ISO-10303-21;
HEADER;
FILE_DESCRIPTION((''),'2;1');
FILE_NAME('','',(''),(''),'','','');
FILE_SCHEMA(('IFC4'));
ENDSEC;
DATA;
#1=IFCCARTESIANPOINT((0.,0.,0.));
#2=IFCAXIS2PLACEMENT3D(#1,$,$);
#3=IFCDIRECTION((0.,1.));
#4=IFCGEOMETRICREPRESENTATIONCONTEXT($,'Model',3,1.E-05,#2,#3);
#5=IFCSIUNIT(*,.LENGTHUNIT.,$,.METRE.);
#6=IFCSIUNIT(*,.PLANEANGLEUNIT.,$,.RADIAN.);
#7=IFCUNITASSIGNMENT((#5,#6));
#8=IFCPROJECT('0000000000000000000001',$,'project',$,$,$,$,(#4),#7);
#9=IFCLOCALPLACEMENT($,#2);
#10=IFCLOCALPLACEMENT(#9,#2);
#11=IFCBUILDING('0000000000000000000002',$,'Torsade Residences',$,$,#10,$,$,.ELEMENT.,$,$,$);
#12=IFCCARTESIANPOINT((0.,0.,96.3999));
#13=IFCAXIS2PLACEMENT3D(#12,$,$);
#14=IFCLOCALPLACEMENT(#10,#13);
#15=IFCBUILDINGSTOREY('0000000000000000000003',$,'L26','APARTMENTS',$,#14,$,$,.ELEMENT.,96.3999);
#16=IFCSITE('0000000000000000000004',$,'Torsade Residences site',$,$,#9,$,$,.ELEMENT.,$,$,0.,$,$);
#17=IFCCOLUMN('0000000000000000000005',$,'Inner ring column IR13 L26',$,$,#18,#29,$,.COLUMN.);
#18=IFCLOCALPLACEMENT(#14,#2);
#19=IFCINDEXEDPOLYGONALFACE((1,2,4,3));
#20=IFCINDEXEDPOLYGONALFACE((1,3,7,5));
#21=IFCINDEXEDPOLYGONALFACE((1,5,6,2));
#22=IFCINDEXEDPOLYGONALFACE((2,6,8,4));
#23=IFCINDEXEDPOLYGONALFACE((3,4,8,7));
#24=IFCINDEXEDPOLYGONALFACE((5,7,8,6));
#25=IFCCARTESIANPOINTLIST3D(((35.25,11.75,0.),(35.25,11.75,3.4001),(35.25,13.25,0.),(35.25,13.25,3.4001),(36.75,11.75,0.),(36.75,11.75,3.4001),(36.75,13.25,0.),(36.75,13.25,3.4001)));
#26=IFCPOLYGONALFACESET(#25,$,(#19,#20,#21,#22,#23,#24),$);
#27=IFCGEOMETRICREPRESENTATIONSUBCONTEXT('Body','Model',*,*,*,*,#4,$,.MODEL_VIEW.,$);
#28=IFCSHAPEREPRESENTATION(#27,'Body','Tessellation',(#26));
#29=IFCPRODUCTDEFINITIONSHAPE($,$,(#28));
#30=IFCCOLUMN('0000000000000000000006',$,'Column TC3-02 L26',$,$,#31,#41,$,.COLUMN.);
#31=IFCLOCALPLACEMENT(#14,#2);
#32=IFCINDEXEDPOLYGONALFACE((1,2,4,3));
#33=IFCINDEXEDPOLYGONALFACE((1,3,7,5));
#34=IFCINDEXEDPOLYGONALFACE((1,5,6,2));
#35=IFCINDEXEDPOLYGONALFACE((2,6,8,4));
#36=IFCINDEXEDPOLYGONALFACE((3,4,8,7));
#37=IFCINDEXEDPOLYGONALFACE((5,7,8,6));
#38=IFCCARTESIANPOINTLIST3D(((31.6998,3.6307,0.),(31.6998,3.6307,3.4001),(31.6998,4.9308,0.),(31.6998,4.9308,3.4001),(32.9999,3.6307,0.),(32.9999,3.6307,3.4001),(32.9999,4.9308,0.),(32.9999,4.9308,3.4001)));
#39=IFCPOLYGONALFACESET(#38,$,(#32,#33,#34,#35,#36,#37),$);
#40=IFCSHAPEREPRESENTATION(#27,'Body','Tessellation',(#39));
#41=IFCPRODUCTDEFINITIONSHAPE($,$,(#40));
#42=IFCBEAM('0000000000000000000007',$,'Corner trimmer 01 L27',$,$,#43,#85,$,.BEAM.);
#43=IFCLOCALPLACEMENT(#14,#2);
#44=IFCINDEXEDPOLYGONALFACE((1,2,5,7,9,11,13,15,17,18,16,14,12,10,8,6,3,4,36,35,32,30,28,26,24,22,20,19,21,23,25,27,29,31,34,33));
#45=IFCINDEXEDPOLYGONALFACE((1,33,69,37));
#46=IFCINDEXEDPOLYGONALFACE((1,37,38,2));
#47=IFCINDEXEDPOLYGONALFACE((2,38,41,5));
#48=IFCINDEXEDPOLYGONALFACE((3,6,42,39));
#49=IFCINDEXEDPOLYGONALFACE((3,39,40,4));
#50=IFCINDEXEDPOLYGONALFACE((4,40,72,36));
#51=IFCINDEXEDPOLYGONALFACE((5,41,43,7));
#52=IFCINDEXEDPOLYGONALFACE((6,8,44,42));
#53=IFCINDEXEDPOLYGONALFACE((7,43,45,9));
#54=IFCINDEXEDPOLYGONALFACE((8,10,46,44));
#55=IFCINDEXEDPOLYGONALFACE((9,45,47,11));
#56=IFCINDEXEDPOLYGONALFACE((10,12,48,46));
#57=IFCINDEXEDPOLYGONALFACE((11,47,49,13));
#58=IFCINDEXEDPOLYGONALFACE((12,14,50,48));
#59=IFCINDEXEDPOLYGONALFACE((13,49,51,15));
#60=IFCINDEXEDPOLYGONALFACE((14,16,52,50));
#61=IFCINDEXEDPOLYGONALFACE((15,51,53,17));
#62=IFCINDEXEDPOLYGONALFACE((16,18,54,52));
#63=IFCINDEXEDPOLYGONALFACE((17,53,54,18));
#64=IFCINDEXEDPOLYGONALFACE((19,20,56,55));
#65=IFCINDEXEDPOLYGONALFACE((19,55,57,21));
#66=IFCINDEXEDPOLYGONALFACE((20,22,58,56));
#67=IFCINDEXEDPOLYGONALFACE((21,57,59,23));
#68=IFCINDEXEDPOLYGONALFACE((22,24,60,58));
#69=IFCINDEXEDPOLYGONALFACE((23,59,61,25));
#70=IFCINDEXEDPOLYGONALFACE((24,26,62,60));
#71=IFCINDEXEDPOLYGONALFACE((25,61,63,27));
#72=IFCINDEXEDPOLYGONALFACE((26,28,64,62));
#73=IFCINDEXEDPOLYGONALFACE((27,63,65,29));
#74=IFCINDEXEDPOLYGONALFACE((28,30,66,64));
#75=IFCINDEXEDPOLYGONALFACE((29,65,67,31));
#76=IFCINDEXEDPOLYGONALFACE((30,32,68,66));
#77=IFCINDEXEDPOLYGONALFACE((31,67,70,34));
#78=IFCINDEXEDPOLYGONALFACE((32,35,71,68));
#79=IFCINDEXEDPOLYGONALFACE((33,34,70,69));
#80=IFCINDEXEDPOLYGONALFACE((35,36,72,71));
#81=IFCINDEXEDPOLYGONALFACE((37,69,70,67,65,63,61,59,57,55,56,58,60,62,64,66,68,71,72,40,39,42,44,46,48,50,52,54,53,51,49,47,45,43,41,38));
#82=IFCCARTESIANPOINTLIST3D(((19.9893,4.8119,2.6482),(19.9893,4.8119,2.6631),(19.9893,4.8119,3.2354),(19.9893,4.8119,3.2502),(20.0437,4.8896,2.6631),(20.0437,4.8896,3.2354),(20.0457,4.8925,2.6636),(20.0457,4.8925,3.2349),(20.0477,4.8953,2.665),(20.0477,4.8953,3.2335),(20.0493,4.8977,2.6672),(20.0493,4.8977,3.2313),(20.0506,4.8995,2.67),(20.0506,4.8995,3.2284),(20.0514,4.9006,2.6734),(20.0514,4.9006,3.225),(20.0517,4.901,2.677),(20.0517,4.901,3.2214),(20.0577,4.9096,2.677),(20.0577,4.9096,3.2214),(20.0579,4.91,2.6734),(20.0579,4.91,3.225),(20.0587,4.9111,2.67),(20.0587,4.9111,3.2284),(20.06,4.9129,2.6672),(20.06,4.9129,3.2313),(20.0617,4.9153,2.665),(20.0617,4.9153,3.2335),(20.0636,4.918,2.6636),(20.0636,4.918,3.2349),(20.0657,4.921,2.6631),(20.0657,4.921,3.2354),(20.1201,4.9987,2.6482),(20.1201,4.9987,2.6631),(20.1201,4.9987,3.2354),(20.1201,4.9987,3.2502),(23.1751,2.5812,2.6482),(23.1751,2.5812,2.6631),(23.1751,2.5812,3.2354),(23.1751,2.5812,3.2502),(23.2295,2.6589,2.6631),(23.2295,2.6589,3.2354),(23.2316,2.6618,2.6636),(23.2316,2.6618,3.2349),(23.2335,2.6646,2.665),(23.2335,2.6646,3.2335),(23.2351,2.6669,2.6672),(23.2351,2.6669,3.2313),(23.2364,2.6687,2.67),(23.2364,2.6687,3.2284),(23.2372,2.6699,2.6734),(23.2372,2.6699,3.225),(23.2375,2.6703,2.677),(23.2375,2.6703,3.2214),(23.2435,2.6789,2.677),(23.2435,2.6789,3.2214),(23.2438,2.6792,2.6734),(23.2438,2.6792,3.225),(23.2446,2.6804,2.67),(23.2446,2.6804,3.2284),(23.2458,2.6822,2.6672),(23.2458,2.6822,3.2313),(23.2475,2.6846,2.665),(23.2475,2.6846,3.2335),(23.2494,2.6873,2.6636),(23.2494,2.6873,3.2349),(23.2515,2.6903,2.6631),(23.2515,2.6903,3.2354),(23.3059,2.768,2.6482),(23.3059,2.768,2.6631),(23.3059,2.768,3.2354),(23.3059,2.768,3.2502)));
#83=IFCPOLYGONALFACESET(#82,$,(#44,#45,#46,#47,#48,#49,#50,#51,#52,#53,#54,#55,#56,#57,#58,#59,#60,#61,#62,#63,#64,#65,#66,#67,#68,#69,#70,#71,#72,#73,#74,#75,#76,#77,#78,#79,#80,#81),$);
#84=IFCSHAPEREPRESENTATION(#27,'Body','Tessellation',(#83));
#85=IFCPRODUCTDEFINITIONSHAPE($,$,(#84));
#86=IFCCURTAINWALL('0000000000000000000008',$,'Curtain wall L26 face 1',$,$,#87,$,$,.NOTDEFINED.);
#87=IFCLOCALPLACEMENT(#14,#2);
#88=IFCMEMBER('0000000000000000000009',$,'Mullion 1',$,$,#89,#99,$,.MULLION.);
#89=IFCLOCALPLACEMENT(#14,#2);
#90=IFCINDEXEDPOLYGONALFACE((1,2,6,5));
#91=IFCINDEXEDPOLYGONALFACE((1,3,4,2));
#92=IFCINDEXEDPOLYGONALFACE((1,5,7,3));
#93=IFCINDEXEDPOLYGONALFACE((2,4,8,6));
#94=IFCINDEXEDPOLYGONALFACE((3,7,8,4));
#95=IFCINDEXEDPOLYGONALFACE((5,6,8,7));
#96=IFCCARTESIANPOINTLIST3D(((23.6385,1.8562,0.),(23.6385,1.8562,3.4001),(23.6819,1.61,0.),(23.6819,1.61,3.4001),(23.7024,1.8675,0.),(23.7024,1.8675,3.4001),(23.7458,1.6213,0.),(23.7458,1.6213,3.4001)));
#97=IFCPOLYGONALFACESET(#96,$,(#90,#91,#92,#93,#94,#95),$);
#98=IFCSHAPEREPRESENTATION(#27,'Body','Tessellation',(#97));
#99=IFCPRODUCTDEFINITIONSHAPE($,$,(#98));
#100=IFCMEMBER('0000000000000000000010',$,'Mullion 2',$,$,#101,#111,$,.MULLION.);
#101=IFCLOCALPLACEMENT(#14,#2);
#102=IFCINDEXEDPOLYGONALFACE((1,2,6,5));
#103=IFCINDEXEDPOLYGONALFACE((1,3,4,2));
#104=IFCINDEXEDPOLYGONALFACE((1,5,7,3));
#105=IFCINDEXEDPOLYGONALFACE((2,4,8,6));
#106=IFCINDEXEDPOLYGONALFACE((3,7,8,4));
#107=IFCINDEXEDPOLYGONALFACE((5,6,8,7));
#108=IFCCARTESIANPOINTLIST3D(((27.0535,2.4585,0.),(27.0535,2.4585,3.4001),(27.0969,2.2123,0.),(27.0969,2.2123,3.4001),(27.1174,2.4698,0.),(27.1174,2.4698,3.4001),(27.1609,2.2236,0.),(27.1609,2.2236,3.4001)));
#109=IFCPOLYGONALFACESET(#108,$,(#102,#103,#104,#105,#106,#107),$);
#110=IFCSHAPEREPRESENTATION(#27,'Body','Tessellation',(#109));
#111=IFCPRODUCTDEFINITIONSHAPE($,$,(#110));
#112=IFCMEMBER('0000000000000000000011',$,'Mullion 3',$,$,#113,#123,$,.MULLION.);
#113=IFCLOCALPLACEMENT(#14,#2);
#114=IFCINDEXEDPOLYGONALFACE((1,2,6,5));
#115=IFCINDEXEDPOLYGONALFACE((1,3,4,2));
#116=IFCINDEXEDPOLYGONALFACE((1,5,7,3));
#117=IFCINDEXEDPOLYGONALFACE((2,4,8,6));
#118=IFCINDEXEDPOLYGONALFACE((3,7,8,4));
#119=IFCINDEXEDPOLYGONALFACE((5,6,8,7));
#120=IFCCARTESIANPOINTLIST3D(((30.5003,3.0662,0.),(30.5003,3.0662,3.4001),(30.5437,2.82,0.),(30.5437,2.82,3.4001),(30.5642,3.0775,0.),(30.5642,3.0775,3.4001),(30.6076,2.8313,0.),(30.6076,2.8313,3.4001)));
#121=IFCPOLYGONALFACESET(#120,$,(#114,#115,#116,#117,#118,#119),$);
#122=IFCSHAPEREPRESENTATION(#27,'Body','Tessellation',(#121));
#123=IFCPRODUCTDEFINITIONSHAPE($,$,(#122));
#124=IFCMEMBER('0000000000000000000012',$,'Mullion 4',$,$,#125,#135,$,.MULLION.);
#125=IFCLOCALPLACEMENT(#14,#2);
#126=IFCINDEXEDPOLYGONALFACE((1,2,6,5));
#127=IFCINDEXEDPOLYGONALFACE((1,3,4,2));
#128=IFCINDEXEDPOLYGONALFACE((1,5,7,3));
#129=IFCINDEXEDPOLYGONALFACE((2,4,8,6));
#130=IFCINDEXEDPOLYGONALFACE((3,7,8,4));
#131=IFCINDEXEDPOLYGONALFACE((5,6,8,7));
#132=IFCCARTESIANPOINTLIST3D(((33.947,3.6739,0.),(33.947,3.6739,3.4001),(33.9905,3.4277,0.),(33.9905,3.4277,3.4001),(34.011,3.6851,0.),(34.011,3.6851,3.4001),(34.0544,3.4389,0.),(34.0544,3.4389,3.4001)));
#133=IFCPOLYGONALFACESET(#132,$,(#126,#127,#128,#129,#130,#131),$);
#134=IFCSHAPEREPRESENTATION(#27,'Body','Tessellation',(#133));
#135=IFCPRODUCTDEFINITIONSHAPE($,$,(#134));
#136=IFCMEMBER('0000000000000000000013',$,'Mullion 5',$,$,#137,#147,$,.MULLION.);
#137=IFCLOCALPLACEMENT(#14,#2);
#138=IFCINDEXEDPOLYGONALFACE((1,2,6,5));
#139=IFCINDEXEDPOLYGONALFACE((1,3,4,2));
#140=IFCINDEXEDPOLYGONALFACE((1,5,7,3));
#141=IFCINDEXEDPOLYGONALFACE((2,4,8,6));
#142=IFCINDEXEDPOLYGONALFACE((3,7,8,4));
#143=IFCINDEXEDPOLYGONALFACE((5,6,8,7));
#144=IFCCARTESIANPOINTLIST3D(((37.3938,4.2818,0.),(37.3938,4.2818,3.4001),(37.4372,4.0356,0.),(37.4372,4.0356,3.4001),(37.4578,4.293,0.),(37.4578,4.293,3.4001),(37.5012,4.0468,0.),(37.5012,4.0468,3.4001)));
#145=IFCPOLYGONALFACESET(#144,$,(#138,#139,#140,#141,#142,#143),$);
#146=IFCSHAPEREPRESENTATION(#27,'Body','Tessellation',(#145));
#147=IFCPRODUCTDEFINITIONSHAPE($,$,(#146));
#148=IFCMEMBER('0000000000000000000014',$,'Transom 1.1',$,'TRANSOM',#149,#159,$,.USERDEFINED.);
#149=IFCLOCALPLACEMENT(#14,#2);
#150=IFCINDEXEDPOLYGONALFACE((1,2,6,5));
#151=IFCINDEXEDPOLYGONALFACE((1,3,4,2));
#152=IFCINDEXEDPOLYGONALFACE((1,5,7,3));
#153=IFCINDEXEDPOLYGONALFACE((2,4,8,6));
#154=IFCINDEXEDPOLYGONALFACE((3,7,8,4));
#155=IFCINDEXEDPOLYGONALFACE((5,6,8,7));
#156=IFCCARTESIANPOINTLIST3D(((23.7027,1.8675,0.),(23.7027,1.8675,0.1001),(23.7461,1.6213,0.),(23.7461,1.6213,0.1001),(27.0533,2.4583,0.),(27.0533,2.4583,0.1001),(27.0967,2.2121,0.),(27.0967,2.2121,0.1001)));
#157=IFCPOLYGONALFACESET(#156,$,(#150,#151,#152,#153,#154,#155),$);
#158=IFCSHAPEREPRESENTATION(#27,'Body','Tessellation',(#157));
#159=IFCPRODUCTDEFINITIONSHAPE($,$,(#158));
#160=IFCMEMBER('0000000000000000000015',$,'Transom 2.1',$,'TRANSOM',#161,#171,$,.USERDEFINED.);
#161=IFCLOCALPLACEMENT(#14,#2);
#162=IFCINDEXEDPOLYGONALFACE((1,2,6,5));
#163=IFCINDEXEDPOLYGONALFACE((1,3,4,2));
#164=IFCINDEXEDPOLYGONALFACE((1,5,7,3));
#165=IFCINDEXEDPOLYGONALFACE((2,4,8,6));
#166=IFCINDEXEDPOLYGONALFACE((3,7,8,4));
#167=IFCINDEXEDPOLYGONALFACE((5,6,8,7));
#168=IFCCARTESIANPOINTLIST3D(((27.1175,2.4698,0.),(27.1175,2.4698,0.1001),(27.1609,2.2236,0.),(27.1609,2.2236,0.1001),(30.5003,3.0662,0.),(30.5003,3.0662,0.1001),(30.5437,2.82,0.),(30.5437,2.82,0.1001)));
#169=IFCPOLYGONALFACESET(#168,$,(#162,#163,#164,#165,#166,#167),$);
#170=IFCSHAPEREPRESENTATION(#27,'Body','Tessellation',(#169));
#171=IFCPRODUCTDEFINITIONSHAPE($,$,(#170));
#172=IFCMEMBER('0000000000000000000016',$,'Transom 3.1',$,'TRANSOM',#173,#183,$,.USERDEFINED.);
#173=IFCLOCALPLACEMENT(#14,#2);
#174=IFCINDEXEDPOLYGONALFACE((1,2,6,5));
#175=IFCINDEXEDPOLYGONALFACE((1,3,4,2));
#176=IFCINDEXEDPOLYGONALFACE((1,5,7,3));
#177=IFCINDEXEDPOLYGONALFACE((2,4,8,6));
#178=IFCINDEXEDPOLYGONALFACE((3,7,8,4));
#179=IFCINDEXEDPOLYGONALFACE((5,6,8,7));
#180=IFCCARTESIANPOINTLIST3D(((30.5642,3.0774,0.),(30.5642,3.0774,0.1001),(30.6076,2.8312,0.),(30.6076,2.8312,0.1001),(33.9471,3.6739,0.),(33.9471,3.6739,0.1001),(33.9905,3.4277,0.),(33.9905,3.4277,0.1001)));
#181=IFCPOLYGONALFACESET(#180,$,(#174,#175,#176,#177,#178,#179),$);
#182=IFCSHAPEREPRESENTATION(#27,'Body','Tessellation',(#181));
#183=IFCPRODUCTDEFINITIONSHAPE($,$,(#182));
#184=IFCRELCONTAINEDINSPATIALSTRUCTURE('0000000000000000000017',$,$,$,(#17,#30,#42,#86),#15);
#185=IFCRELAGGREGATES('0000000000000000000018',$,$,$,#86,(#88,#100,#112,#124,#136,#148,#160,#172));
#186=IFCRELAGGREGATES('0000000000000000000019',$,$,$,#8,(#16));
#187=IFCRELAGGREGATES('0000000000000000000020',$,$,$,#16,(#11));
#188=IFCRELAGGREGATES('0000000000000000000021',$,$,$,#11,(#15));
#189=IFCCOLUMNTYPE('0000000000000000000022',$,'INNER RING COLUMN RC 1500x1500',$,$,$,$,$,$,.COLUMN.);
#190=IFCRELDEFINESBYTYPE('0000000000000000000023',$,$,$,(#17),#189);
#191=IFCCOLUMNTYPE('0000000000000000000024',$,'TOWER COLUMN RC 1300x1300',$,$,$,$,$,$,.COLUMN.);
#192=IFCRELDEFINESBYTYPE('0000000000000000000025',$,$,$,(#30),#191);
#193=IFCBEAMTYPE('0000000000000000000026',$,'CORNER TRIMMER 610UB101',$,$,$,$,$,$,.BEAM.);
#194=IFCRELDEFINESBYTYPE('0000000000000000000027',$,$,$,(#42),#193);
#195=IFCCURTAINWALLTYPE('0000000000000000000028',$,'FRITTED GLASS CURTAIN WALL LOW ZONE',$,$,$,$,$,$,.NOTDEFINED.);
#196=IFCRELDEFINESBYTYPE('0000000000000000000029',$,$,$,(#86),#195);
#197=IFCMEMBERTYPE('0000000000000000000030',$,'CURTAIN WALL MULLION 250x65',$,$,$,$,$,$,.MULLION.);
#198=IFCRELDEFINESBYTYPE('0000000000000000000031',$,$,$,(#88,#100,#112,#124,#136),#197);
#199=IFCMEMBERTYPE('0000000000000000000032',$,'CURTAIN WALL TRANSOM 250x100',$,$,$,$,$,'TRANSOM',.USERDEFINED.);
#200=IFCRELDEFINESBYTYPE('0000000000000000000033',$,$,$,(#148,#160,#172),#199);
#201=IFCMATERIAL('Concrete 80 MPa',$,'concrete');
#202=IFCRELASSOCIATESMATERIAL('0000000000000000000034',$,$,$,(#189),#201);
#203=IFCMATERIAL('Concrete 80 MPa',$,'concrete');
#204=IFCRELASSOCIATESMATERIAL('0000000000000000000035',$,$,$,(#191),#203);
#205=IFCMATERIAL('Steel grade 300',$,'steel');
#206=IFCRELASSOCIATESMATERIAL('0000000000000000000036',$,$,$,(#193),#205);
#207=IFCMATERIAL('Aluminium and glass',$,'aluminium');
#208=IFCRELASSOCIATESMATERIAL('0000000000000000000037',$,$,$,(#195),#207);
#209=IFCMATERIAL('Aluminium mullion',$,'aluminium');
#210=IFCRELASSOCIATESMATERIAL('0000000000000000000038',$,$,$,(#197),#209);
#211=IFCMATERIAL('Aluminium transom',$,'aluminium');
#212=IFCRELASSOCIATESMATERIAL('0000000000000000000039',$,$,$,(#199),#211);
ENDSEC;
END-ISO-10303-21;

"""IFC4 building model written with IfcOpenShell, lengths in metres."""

from ifc_helpers import new_model, si_unit, direction, frame, origin, origin_2d, place, context, subcontext, project, spatial, rectangle, i_section, extrude, material, material_profile, profile_set, type_object, element, aggregate, save


model = new_model("IFC4")

# Units and contexts
model_context = context("Model", 3, precision=1e-05, world=origin(), true_north=direction((0.0, 1.0)))
body_context = subcontext(model_context, "Body", "Model", "MODEL_VIEW")
ifc_project = project(units=[si_unit("LENGTHUNIT", "METRE"), si_unit("PLANEANGLEUNIT", "RADIAN")], contexts=[model_context])

# Site, building, storey
site_placement = place(None, origin())
site = spatial("IfcSite", under=ifc_project, at=site_placement, Name="Torsade Residences site", CompositionType="ELEMENT", RefElevation=0.0)
building_placement = place(site_placement, origin())
building = spatial("IfcBuilding", under=site, at=building_placement, Name="Torsade Residences", CompositionType="ELEMENT")
storey_placement = place(building_placement, frame((0.0, 0.0, 96.3999)))
storey = spatial("IfcBuildingStorey", under=building, at=storey_placement, Name="L26", Description="APARTMENTS", CompositionType="ELEMENT", Elevation=96.3999)

# Columns
ifc_material_1 = material(Name="Concrete 80 MPa", Category="concrete")
ifc_material_profile_1 = material_profile(ifc_material_1, rectangle(XDim=1.5, YDim=1.5, at=origin_2d()), Name="RC 1500x1500")
ifc_profile_set_1 = profile_set([ifc_material_profile_1], Name="Concrete 80 MPa")
column_type_1 = type_object("IfcColumnType", Name="INNER RING COLUMN RC 1500x1500", PredefinedType="COLUMN", material=ifc_profile_set_1)
column_1_placement = place(storey_placement, frame((36.0, 12.5, 0.0), z_axis=(0.0, 0.0, 1.0), x_axis=(1.0, 0.0, 0.0)))
element("IfcColumn", 1, at=column_1_placement, inside=storey, type_object=column_type_1, Name="Inner ring column IR13 L26", PredefinedType="COLUMN", context=body_context, shape_type="SweptSolid", body=[
    extrude(rectangle(XDim=1.5, YDim=1.5, at=origin_2d()), origin(), (0.0, 0.0, 1.0), 3.4001),
])
ifc_material_2 = material(Name="Concrete 80 MPa", Category="concrete")
ifc_material_profile_2 = material_profile(ifc_material_2, rectangle(XDim=1.3, YDim=1.3, at=origin_2d()), Name="RC 1300x1300")
ifc_profile_set_2 = profile_set([ifc_material_profile_2], Name="Concrete 80 MPa")
column_type_2 = type_object("IfcColumnType", Name="TOWER COLUMN RC 1300x1300", PredefinedType="COLUMN", material=ifc_profile_set_2)
column_2_placement = place(storey_placement, frame((32.3499, 4.2808, 0.0), z_axis=(0.0, 0.0, 1.0), x_axis=(1.0, 0.0, 0.0)))
element("IfcColumn", 2, at=column_2_placement, inside=storey, type_object=column_type_2, Name="Column TC3-02 L26", PredefinedType="COLUMN", context=body_context, shape_type="SweptSolid", body=[
    extrude(rectangle(XDim=1.3, YDim=1.3, at=origin_2d()), origin(), (0.0, 0.0, 1.0), 3.4001),
])

# Beam
ifc_material_3 = material(Name="Steel grade 300", Category="steel")
ifc_material_profile_3 = material_profile(ifc_material_3, i_section(OverallWidth=0.228, OverallDepth=0.6021, WebThickness=0.0105, FlangeThickness=0.0149, FilletRadius=0.0139, at=origin_2d()), Name="610UB101")
ifc_profile_set_3 = profile_set([ifc_material_profile_3], Name="Steel grade 300")
beam_type_1 = type_object("IfcBeamType", Name="CORNER TRIMMER 610UB101", PredefinedType="BEAM", material=ifc_profile_set_3)
beam_1_placement = place(storey_placement, frame((23.2405, 2.6746, 2.9492), z_axis=(-0.819152, 0.573576, 0.0), x_axis=(-0.573576, -0.819152, 0.0)))
element("IfcBeam", 3, at=beam_1_placement, inside=storey, type_object=beam_type_1, Name="Corner trimmer 01 L27", PredefinedType="BEAM", context=body_context, shape_type="SweptSolid", body=[
    extrude(i_section(OverallWidth=0.228, OverallDepth=0.6021, WebThickness=0.0105, FlangeThickness=0.0149, FilletRadius=0.0139, at=origin_2d()), origin(), (0.0, 0.0, 1.0), 3.8892),
])

# Curtain wall, members
ifc_material_4 = material(Name="Aluminium and glass", Category="aluminium")
curtain_wall_type = type_object("IfcCurtainWallType", Name="FRITTED GLASS CURTAIN WALL LOW ZONE", PredefinedType="NOTDEFINED", material=ifc_material_4)
curtain_wall_placement = place(storey_placement, origin())
curtain_wall = element("IfcCurtainWall", 4, at=curtain_wall_placement, inside=storey, type_object=curtain_wall_type, Name="Curtain wall L26 face 1", PredefinedType="NOTDEFINED")
ifc_material_5 = material(Name="Aluminium mullion", Category="aluminium")
ifc_material_profile_4 = material_profile(ifc_material_5, rectangle(XDim=0.25, YDim=0.0649, at=origin_2d()), Name="CURTAIN WALL MULLION 250x65")
ifc_profile_set_4 = profile_set([ifc_material_profile_4], Name="Aluminium mullion")
member_type_1 = type_object("IfcMemberType", Name="CURTAIN WALL MULLION 250x65", PredefinedType="MULLION", material=ifc_profile_set_4)
member_1_placement = place(storey_placement, frame((23.6921, 1.7388, 0.0), z_axis=(0.0, 0.0, 1.0), x_axis=(-0.173648, 0.984808, 0.0)))
member_1 = element("IfcMember", 5, at=member_1_placement, type_object=member_type_1, Name="Mullion 1", PredefinedType="MULLION", context=body_context, shape_type="SweptSolid", body=[
    extrude(rectangle(XDim=0.25, YDim=0.0649, at=origin_2d()), origin(), (0.0, 0.0, 1.0), 3.4001),
])
member_2_placement = place(storey_placement, frame((27.1072, 2.3411, 0.0), z_axis=(0.0, 0.0, 1.0), x_axis=(-0.173648, 0.984808, 0.0)))
member_2 = element("IfcMember", 6, at=member_2_placement, type_object=member_type_1, Name="Mullion 2", PredefinedType="MULLION", context=body_context, shape_type="SweptSolid", body=[
    extrude(rectangle(XDim=0.25, YDim=0.0649, at=origin_2d()), origin(), (0.0, 0.0, 1.0), 3.4001),
])
member_3_placement = place(storey_placement, frame((30.554, 2.9487, 0.0), z_axis=(0.0, 0.0, 1.0), x_axis=(-0.173648, 0.984808, 0.0)))
member_3 = element("IfcMember", 7, at=member_3_placement, type_object=member_type_1, Name="Mullion 3", PredefinedType="MULLION", context=body_context, shape_type="SweptSolid", body=[
    extrude(rectangle(XDim=0.25, YDim=0.0649, at=origin_2d()), origin(), (0.0, 0.0, 1.0), 3.4001),
])
member_4_placement = place(storey_placement, frame((34.0007, 3.5564, 0.0), z_axis=(0.0, 0.0, 1.0), x_axis=(-0.173648, 0.984808, 0.0)))
member_4 = element("IfcMember", 8, at=member_4_placement, type_object=member_type_1, Name="Mullion 4", PredefinedType="MULLION", context=body_context, shape_type="SweptSolid", body=[
    extrude(rectangle(XDim=0.25, YDim=0.0649, at=origin_2d()), origin(), (0.0, 0.0, 1.0), 3.4001),
])
member_5_placement = place(storey_placement, frame((37.4475, 4.1643, 0.0), z_axis=(0.0, 0.0, 1.0), x_axis=(-0.173648, 0.984808, 0.0)))
member_5 = element("IfcMember", 9, at=member_5_placement, type_object=member_type_1, Name="Mullion 5", PredefinedType="MULLION", context=body_context, shape_type="SweptSolid", body=[
    extrude(rectangle(XDim=0.25, YDim=0.0649, at=origin_2d()), origin(), (0.0, 0.0, 1.0), 3.4001),
])
ifc_material_6 = material(Name="Aluminium transom", Category="aluminium")
ifc_material_profile_5 = material_profile(ifc_material_6, rectangle(XDim=0.25, YDim=0.1001, at=origin_2d()), Name="CURTAIN WALL TRANSOM 250x100")
ifc_profile_set_5 = profile_set([ifc_material_profile_5], Name="Aluminium transom")
member_type_2 = type_object("IfcMemberType", Name="CURTAIN WALL TRANSOM 250x100", ElementType="TRANSOM", PredefinedType="USERDEFINED", material=ifc_profile_set_5)
member_6_placement = place(storey_placement, frame((23.7244, 1.7444, 0.05), z_axis=(0.984807, 0.173654, 0.0), x_axis=(-0.173654, 0.984807, 0.0)))
member_6 = element("IfcMember", 10, at=member_6_placement, type_object=member_type_2, Name="Transom 1.1", ObjectType="TRANSOM", PredefinedType="USERDEFINED", context=body_context, shape_type="SweptSolid", body=[
    extrude(rectangle(XDim=0.25, YDim=0.1001, at=origin_2d()), origin(), (0.0, 0.0, 1.0), 3.4023),
])
member_7_placement = place(storey_placement, frame((27.1392, 2.3467, 0.05), z_axis=(0.98481, 0.173635, 0.0), x_axis=(-0.173635, 0.98481, 0.0)))
member_7 = element("IfcMember", 11, at=member_7_placement, type_object=member_type_2, Name="Transom 2.1", ObjectType="TRANSOM", PredefinedType="USERDEFINED", context=body_context, shape_type="SweptSolid", body=[
    extrude(rectangle(XDim=0.25, YDim=0.1001, at=origin_2d()), origin(), (0.0, 0.0, 1.0), 3.4351),
])
member_8_placement = place(storey_placement, frame((30.5859, 2.9543, 0.05), z_axis=(0.98481, 0.173635, 0.0), x_axis=(-0.173635, 0.98481, 0.0)))
member_8 = element("IfcMember", 12, at=member_8_placement, type_object=member_type_2, Name="Transom 3.1", ObjectType="TRANSOM", PredefinedType="USERDEFINED", context=body_context, shape_type="SweptSolid", body=[
    extrude(rectangle(XDim=0.25, YDim=0.1001, at=origin_2d()), origin(), (0.0, 0.0, 1.0), 3.4351),
])

aggregate(curtain_wall, [member_1, member_2, member_3, member_4, member_5, member_6, member_7, member_8])

save(model, "model.ifc")
